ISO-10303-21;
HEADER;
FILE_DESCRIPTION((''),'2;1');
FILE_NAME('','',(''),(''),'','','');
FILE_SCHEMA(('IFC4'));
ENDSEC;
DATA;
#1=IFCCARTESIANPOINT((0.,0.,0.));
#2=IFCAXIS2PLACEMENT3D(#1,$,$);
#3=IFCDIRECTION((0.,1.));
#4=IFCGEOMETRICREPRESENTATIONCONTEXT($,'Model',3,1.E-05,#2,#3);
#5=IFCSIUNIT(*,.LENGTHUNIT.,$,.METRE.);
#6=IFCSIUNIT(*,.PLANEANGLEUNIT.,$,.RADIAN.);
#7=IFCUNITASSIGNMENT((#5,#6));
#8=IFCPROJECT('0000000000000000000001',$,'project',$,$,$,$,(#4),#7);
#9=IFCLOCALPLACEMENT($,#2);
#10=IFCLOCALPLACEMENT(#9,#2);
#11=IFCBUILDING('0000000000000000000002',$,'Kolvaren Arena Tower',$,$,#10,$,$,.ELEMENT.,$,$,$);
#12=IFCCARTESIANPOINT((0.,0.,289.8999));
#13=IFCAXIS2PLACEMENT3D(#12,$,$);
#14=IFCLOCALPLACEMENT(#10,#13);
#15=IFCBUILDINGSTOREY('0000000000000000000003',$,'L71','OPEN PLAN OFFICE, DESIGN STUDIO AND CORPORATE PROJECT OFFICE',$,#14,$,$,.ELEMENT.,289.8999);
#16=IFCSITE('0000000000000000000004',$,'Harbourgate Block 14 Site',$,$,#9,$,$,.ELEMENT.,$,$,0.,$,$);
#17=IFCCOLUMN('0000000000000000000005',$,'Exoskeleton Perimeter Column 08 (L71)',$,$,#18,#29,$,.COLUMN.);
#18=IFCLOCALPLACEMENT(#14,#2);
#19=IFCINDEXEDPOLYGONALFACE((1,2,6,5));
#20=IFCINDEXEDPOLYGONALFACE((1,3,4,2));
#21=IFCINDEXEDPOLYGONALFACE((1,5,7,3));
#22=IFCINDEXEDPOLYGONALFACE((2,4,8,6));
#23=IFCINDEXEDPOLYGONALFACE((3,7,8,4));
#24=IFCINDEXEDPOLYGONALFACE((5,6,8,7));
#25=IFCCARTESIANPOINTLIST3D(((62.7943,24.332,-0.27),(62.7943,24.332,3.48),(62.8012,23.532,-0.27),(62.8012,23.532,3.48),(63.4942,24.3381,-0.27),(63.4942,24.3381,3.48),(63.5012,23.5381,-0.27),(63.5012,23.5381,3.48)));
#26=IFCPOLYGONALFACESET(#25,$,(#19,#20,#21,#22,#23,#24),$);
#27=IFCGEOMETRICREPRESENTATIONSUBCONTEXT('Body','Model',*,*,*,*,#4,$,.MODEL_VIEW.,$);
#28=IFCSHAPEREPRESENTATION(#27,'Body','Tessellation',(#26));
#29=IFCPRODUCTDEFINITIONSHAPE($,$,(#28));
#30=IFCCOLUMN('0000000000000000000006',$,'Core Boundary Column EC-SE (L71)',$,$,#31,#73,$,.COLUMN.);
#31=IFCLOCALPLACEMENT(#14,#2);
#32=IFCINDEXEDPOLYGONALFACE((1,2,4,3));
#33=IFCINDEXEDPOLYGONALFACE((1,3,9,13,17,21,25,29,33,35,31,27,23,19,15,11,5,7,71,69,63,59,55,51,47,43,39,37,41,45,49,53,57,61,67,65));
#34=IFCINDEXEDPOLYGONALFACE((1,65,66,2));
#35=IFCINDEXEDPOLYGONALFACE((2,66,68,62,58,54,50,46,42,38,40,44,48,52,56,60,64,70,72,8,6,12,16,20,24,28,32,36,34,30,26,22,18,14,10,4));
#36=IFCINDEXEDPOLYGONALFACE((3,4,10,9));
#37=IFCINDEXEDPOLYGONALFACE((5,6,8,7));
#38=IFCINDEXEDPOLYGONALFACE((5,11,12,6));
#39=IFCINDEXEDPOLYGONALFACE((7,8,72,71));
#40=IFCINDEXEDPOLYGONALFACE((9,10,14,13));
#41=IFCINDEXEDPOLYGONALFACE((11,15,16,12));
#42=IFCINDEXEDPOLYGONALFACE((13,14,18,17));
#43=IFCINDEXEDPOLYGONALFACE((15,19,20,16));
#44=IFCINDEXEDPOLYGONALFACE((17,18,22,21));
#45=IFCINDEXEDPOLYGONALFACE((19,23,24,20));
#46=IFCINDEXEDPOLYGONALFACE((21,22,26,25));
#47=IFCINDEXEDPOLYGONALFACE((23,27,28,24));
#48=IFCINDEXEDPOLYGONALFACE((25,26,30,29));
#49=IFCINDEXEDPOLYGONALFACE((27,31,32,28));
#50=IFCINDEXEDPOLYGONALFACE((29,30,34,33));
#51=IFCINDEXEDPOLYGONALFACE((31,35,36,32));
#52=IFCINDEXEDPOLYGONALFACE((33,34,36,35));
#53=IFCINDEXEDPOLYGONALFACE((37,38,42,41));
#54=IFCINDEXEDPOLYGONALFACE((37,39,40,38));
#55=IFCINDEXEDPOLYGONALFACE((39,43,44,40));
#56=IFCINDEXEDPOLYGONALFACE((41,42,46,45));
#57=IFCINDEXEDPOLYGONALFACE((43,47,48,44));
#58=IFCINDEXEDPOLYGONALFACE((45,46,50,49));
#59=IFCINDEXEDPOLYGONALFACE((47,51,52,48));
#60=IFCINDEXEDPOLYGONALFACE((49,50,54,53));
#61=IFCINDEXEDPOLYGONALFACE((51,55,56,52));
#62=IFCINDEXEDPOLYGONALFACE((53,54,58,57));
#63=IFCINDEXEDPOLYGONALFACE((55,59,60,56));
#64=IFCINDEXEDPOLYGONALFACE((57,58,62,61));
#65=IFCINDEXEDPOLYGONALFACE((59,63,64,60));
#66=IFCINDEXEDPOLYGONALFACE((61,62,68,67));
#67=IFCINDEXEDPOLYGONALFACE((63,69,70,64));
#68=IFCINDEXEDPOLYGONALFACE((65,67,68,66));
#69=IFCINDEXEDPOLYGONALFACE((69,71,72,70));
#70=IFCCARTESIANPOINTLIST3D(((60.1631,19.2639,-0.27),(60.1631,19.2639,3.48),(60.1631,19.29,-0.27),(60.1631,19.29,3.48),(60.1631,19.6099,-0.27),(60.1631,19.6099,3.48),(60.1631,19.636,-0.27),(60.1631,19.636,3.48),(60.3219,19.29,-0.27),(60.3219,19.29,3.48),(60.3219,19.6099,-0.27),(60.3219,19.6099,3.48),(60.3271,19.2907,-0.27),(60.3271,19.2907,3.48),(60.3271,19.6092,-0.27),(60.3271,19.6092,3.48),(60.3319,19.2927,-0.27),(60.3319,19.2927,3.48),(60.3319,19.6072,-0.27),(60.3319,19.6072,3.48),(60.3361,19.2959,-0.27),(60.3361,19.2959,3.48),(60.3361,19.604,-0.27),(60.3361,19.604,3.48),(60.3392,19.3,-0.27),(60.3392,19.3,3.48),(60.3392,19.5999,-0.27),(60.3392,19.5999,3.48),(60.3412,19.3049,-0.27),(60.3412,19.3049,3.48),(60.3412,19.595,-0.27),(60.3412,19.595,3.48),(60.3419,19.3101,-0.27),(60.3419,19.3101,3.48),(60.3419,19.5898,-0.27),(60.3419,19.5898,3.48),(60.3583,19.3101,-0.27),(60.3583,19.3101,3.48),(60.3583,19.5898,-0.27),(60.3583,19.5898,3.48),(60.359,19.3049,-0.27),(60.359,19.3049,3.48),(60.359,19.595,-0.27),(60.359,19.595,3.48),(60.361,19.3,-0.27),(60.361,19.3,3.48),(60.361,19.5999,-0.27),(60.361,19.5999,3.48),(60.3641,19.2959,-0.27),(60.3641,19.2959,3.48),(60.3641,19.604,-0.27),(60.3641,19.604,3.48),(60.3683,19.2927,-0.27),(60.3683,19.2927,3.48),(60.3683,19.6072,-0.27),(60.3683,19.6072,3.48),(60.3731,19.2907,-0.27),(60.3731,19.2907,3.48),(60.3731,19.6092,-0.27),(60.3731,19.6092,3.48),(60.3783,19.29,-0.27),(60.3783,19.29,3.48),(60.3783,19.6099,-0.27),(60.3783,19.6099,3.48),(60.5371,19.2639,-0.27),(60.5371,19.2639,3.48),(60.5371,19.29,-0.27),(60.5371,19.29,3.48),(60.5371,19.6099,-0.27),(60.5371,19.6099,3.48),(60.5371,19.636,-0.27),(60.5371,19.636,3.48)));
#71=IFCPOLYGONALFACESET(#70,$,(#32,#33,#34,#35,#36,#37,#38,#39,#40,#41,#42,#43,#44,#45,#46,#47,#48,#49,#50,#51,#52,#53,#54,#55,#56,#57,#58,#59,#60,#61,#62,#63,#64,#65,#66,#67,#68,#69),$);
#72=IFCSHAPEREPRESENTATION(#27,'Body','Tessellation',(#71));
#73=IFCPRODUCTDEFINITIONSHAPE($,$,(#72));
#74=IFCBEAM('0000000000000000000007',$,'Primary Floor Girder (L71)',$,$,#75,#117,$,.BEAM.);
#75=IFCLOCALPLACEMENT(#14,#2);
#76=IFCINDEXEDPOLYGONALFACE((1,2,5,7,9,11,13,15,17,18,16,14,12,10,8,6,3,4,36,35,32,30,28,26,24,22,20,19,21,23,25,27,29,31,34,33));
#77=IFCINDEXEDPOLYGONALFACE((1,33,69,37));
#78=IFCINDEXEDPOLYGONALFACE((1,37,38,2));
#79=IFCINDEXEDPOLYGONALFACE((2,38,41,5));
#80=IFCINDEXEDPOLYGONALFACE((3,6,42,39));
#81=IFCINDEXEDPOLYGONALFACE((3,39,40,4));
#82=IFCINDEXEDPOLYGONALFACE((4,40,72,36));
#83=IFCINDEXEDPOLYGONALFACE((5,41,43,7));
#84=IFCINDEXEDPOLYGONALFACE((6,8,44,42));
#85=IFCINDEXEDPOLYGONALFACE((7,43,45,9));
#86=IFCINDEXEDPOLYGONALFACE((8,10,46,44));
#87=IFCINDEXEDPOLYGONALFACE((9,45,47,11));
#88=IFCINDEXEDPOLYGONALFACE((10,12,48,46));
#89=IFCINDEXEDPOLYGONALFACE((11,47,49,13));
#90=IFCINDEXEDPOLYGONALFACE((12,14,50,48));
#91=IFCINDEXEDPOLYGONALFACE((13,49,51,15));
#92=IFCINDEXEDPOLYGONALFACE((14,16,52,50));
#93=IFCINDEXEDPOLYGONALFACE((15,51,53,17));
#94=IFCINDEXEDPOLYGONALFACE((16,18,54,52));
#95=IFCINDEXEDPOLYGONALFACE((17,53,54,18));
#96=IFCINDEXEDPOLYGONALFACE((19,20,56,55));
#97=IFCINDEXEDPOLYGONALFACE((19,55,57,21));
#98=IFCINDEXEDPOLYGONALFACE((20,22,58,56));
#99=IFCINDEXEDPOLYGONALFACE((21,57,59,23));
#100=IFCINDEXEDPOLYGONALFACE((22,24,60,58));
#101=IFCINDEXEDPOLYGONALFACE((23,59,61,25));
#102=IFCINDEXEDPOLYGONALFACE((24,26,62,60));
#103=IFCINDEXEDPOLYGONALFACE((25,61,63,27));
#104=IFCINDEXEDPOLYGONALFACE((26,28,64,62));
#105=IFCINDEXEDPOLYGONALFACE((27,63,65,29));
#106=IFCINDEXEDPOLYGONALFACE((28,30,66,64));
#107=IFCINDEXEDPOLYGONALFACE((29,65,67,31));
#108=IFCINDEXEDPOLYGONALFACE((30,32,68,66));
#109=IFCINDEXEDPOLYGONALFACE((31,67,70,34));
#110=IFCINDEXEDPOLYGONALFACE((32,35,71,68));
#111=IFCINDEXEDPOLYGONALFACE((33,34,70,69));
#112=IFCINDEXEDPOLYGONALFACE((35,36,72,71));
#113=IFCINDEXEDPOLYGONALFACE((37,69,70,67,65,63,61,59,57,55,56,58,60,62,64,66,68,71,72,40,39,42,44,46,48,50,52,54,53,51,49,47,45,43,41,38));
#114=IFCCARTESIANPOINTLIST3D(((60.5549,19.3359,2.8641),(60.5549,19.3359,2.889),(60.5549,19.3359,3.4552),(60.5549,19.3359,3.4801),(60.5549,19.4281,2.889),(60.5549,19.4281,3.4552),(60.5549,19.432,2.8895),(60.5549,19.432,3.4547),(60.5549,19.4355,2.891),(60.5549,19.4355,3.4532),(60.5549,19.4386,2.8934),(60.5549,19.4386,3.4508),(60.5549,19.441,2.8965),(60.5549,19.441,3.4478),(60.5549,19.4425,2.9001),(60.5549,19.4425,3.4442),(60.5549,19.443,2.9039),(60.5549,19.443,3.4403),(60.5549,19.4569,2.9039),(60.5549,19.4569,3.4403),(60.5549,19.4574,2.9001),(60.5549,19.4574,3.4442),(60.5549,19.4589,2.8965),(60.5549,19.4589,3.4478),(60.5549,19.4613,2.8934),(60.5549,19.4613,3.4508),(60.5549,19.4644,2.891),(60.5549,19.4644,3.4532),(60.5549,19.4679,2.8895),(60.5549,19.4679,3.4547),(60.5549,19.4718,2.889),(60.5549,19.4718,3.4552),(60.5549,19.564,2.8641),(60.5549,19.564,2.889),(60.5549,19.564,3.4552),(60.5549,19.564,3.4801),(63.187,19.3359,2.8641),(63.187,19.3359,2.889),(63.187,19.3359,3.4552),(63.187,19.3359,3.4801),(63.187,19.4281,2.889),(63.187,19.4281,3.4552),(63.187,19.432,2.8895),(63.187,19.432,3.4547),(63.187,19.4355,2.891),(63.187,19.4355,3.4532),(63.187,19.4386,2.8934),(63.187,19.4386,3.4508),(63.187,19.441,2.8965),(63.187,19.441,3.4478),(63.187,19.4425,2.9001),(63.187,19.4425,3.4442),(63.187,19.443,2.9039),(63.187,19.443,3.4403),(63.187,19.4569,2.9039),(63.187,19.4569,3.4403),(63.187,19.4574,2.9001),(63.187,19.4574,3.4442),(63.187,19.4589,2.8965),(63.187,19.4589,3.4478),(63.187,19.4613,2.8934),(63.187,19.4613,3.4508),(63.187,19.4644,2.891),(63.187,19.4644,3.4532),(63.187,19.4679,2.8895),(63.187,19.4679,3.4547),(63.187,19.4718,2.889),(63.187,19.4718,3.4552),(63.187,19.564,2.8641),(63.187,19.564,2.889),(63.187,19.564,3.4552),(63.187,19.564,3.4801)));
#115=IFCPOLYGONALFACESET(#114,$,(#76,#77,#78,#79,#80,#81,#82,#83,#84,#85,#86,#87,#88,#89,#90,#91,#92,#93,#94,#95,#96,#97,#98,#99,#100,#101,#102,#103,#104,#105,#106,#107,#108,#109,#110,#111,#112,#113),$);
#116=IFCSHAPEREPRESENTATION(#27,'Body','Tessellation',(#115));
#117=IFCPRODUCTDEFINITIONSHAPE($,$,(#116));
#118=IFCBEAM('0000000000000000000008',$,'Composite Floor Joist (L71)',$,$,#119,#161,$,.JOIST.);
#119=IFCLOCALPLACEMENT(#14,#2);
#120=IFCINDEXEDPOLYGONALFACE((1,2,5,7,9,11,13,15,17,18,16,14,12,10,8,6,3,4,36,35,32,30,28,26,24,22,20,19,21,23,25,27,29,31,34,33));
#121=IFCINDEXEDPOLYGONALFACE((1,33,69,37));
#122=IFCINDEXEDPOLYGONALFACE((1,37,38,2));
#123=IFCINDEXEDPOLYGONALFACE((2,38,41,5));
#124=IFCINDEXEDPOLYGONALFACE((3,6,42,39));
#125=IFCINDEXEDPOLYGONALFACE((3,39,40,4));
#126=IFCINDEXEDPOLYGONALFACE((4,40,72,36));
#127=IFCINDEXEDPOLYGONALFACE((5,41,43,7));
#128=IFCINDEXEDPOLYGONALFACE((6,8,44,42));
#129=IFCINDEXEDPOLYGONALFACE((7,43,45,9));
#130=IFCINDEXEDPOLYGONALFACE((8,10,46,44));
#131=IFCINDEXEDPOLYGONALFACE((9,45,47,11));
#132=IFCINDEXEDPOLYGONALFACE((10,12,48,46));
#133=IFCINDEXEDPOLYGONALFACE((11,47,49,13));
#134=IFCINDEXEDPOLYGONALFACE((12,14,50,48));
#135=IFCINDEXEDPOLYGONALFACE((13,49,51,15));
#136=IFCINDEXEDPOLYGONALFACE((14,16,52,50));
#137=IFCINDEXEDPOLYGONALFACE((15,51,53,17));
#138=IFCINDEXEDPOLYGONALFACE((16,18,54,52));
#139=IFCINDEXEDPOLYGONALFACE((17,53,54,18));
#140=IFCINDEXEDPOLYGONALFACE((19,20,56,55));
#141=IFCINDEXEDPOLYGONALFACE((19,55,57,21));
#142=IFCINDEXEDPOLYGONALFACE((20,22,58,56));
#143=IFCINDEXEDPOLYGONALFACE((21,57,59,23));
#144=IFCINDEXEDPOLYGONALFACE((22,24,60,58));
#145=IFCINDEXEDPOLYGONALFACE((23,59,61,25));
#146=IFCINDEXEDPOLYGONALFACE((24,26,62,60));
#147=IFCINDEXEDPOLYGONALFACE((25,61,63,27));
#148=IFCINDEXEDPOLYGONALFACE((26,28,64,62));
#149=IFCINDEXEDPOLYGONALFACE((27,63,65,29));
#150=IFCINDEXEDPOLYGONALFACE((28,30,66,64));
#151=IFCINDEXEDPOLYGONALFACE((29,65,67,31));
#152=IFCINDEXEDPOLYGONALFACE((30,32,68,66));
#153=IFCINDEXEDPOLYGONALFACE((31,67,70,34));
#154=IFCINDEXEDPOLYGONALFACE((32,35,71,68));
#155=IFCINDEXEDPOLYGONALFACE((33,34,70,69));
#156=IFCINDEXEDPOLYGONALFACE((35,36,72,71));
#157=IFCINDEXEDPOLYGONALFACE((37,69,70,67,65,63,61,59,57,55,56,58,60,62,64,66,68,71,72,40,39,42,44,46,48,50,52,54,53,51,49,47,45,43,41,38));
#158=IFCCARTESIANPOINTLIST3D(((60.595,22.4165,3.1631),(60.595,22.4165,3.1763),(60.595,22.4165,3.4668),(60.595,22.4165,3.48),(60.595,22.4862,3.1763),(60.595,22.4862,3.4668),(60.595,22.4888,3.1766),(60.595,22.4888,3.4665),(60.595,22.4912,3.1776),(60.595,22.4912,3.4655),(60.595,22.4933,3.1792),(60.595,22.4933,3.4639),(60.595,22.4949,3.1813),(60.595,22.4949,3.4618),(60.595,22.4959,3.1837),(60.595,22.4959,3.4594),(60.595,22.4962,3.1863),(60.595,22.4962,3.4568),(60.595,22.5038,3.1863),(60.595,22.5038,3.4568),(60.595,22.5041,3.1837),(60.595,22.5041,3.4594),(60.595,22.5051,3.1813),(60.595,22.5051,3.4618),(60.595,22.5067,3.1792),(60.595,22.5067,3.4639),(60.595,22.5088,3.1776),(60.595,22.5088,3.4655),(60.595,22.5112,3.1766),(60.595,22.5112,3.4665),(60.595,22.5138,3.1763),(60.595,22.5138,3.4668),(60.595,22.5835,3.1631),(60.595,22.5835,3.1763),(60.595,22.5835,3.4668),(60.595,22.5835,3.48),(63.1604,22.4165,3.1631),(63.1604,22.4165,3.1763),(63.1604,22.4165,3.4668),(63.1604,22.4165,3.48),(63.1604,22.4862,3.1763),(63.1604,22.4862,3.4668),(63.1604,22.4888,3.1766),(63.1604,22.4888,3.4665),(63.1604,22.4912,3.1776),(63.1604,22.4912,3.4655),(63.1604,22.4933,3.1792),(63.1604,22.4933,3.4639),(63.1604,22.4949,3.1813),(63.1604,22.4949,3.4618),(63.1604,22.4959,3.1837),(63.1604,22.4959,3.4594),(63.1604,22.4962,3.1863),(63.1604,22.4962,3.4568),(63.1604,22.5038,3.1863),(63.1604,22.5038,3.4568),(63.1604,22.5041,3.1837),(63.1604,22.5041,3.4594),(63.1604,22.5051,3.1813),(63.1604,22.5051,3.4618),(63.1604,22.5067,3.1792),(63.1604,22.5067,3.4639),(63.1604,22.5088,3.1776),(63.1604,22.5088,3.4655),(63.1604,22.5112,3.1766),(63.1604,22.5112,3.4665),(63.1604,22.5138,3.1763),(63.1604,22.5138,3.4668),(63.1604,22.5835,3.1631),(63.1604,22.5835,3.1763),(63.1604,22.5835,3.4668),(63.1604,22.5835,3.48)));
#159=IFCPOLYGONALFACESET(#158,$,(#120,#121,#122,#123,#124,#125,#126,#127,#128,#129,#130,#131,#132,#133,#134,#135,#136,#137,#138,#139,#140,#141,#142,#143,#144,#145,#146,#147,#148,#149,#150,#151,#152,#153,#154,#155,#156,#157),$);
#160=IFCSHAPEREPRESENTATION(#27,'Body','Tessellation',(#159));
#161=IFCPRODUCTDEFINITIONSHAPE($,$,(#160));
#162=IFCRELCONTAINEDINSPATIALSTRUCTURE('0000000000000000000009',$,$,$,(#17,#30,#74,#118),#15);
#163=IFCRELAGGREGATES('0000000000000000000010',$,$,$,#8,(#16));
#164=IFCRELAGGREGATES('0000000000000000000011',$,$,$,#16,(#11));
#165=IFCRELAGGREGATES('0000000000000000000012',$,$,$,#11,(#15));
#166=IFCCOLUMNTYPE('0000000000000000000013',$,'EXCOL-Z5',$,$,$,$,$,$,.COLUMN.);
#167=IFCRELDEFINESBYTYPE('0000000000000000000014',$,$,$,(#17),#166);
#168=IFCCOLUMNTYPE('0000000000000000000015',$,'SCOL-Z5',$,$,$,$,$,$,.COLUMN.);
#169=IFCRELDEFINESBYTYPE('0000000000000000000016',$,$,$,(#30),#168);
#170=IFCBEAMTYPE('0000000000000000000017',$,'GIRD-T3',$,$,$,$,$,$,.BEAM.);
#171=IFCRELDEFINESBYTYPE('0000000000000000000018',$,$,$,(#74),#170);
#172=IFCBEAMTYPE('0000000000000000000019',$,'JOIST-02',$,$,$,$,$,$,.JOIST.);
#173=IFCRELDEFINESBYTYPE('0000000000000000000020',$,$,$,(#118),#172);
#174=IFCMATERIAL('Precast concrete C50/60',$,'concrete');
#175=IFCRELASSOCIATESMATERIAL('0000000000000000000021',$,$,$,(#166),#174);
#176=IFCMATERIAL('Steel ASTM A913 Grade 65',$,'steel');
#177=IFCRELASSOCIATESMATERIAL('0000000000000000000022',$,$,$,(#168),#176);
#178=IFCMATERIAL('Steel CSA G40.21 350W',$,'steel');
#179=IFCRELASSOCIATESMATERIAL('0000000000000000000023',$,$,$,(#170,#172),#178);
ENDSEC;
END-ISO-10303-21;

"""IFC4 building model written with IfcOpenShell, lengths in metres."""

from ifc_helpers import new_model, si_unit, direction, frame, origin, origin_2d, place, context, subcontext, project, spatial, rectangle, i_section, extrude, material, material_profile, profile_set, type_object, element, save


model = new_model("IFC4")

# Units and contexts
model_context = context("Model", 3, precision=1e-05, world=origin(), true_north=direction((0.0, 1.0)))
body_context = subcontext(model_context, "Body", "Model", "MODEL_VIEW")
ifc_project = project(units=[si_unit("LENGTHUNIT", "METRE"), si_unit("PLANEANGLEUNIT", "RADIAN")], contexts=[model_context])

# Site, building, storey
site_placement = place(None, origin())
site = spatial("IfcSite", under=ifc_project, at=site_placement, Name="Harbourgate Block 14 Site", CompositionType="ELEMENT", RefElevation=0.0)
building_placement = place(site_placement, origin())
building = spatial("IfcBuilding", under=site, at=building_placement, Name="Kolvaren Arena Tower", CompositionType="ELEMENT")
storey_placement = place(building_placement, frame((0.0, 0.0, 289.8999)))
storey = spatial("IfcBuildingStorey", under=building, at=storey_placement, Name="L71", Description="OPEN PLAN OFFICE, DESIGN STUDIO AND CORPORATE PROJECT OFFICE", CompositionType="ELEMENT", Elevation=289.8999)

# Columns
ifc_material_1 = material(Name="Precast concrete C50/60", Category="concrete")
ifc_material_profile_1 = material_profile(ifc_material_1, rectangle(XDim=0.8, YDim=0.7, at=origin_2d()), Name="RC-800x700")
ifc_profile_set_1 = profile_set([ifc_material_profile_1], Name="Precast concrete C50/60")
column_type_1 = type_object("IfcColumnType", Name="EXCOL-Z5", PredefinedType="COLUMN", material=ifc_profile_set_1)
column_1_placement = place(storey_placement, frame((63.1477, 23.9351, -0.27), z_axis=(0.0, 0.0, 1.0), x_axis=(-0.008727, 0.999962, 0.0)))
element("IfcColumn", 1, at=column_1_placement, inside=storey, type_object=column_type_1, Name="Exoskeleton Perimeter Column 08 (L71)", PredefinedType="COLUMN", context=body_context, shape_type="SweptSolid", body=[
    extrude(rectangle(XDim=0.8, YDim=0.7, at=origin_2d()), origin(), (0.0, 0.0, 1.0), 3.75),
])
ifc_material_2 = material(Name="Steel ASTM A913 Grade 65", Category="steel")
ifc_material_profile_2 = material_profile(ifc_material_2, i_section(OverallWidth=0.374, OverallDepth=0.3721, WebThickness=0.0164, FlangeThickness=0.0261, FilletRadius=0.02, at=origin_2d()), Name="W360x196")
ifc_profile_set_2 = profile_set([ifc_material_profile_2], Name="Steel ASTM A913 Grade 65")
column_type_2 = type_object("IfcColumnType", Name="SCOL-Z5", PredefinedType="COLUMN", material=ifc_profile_set_2)
column_2_placement = place(storey_placement, frame((60.3501, 19.45, -0.27), z_axis=(0.0, 0.0, 1.0), x_axis=(1.0, 0.0, 0.0)))
element("IfcColumn", 2, at=column_2_placement, inside=storey, type_object=column_type_2, Name="Core Boundary Column EC-SE (L71)", PredefinedType="COLUMN", context=body_context, shape_type="SweptSolid", body=[
    extrude(i_section(OverallWidth=0.374, OverallDepth=0.3721, WebThickness=0.0164, FlangeThickness=0.0261, FilletRadius=0.02, at=origin_2d()), origin(), (0.0, 0.0, 1.0), 3.75),
])

# Beams
ifc_material_3 = material(Name="Steel CSA G40.21 350W", Category="steel")
ifc_material_profile_3 = material_profile(ifc_material_3, i_section(OverallWidth=0.228, OverallDepth=0.616, WebThickness=0.0139, FlangeThickness=0.0249, FilletRadius=0.0149, at=origin_2d()), Name="W610x174")
ifc_profile_set_3 = profile_set([ifc_material_profile_3], Name="Steel CSA G40.21 350W")
beam_type_1 = type_object("IfcBeamType", Name="GIRD-T3", PredefinedType="BEAM", material=ifc_profile_set_3)
beam_1_placement = place(storey_placement, frame((60.5549, 19.45, 3.1721), z_axis=(1.0, 0.0, 0.0), x_axis=(0.0, 1.0, 0.0)))
element("IfcBeam", 3, at=beam_1_placement, inside=storey, type_object=beam_type_1, Name="Primary Floor Girder (L71)", PredefinedType="BEAM", context=body_context, shape_type="SweptSolid", body=[
    extrude(i_section(OverallWidth=0.228, OverallDepth=0.616, WebThickness=0.0139, FlangeThickness=0.0249, FilletRadius=0.0149, at=origin_2d()), origin(), (0.0, 0.0, 1.0), 2.6321),
])
ifc_material_profile_4 = material_profile(ifc_material_3, i_section(OverallWidth=0.167, OverallDepth=0.3169, WebThickness=0.0076, FlangeThickness=0.0132, FilletRadius=0.01, at=origin_2d()), Name="W310x52")
ifc_profile_set_4 = profile_set([ifc_material_profile_4], Name="Steel CSA G40.21 350W")
beam_type_2 = type_object("IfcBeamType", Name="JOIST-02", PredefinedType="JOIST", material=ifc_profile_set_4)
beam_2_placement = place(storey_placement, frame((60.595, 22.5, 3.3215), z_axis=(1.0, 0.0, 0.0), x_axis=(0.0, 1.0, 0.0)))
element("IfcBeam", 4, at=beam_2_placement, inside=storey, type_object=beam_type_2, Name="Composite Floor Joist (L71)", PredefinedType="JOIST", context=body_context, shape_type="SweptSolid", body=[
    extrude(i_section(OverallWidth=0.167, OverallDepth=0.3169, WebThickness=0.0076, FlangeThickness=0.0132, FilletRadius=0.01, at=origin_2d()), origin(), (0.0, 0.0, 1.0), 2.5654),
])

save(model, "model.ifc")
